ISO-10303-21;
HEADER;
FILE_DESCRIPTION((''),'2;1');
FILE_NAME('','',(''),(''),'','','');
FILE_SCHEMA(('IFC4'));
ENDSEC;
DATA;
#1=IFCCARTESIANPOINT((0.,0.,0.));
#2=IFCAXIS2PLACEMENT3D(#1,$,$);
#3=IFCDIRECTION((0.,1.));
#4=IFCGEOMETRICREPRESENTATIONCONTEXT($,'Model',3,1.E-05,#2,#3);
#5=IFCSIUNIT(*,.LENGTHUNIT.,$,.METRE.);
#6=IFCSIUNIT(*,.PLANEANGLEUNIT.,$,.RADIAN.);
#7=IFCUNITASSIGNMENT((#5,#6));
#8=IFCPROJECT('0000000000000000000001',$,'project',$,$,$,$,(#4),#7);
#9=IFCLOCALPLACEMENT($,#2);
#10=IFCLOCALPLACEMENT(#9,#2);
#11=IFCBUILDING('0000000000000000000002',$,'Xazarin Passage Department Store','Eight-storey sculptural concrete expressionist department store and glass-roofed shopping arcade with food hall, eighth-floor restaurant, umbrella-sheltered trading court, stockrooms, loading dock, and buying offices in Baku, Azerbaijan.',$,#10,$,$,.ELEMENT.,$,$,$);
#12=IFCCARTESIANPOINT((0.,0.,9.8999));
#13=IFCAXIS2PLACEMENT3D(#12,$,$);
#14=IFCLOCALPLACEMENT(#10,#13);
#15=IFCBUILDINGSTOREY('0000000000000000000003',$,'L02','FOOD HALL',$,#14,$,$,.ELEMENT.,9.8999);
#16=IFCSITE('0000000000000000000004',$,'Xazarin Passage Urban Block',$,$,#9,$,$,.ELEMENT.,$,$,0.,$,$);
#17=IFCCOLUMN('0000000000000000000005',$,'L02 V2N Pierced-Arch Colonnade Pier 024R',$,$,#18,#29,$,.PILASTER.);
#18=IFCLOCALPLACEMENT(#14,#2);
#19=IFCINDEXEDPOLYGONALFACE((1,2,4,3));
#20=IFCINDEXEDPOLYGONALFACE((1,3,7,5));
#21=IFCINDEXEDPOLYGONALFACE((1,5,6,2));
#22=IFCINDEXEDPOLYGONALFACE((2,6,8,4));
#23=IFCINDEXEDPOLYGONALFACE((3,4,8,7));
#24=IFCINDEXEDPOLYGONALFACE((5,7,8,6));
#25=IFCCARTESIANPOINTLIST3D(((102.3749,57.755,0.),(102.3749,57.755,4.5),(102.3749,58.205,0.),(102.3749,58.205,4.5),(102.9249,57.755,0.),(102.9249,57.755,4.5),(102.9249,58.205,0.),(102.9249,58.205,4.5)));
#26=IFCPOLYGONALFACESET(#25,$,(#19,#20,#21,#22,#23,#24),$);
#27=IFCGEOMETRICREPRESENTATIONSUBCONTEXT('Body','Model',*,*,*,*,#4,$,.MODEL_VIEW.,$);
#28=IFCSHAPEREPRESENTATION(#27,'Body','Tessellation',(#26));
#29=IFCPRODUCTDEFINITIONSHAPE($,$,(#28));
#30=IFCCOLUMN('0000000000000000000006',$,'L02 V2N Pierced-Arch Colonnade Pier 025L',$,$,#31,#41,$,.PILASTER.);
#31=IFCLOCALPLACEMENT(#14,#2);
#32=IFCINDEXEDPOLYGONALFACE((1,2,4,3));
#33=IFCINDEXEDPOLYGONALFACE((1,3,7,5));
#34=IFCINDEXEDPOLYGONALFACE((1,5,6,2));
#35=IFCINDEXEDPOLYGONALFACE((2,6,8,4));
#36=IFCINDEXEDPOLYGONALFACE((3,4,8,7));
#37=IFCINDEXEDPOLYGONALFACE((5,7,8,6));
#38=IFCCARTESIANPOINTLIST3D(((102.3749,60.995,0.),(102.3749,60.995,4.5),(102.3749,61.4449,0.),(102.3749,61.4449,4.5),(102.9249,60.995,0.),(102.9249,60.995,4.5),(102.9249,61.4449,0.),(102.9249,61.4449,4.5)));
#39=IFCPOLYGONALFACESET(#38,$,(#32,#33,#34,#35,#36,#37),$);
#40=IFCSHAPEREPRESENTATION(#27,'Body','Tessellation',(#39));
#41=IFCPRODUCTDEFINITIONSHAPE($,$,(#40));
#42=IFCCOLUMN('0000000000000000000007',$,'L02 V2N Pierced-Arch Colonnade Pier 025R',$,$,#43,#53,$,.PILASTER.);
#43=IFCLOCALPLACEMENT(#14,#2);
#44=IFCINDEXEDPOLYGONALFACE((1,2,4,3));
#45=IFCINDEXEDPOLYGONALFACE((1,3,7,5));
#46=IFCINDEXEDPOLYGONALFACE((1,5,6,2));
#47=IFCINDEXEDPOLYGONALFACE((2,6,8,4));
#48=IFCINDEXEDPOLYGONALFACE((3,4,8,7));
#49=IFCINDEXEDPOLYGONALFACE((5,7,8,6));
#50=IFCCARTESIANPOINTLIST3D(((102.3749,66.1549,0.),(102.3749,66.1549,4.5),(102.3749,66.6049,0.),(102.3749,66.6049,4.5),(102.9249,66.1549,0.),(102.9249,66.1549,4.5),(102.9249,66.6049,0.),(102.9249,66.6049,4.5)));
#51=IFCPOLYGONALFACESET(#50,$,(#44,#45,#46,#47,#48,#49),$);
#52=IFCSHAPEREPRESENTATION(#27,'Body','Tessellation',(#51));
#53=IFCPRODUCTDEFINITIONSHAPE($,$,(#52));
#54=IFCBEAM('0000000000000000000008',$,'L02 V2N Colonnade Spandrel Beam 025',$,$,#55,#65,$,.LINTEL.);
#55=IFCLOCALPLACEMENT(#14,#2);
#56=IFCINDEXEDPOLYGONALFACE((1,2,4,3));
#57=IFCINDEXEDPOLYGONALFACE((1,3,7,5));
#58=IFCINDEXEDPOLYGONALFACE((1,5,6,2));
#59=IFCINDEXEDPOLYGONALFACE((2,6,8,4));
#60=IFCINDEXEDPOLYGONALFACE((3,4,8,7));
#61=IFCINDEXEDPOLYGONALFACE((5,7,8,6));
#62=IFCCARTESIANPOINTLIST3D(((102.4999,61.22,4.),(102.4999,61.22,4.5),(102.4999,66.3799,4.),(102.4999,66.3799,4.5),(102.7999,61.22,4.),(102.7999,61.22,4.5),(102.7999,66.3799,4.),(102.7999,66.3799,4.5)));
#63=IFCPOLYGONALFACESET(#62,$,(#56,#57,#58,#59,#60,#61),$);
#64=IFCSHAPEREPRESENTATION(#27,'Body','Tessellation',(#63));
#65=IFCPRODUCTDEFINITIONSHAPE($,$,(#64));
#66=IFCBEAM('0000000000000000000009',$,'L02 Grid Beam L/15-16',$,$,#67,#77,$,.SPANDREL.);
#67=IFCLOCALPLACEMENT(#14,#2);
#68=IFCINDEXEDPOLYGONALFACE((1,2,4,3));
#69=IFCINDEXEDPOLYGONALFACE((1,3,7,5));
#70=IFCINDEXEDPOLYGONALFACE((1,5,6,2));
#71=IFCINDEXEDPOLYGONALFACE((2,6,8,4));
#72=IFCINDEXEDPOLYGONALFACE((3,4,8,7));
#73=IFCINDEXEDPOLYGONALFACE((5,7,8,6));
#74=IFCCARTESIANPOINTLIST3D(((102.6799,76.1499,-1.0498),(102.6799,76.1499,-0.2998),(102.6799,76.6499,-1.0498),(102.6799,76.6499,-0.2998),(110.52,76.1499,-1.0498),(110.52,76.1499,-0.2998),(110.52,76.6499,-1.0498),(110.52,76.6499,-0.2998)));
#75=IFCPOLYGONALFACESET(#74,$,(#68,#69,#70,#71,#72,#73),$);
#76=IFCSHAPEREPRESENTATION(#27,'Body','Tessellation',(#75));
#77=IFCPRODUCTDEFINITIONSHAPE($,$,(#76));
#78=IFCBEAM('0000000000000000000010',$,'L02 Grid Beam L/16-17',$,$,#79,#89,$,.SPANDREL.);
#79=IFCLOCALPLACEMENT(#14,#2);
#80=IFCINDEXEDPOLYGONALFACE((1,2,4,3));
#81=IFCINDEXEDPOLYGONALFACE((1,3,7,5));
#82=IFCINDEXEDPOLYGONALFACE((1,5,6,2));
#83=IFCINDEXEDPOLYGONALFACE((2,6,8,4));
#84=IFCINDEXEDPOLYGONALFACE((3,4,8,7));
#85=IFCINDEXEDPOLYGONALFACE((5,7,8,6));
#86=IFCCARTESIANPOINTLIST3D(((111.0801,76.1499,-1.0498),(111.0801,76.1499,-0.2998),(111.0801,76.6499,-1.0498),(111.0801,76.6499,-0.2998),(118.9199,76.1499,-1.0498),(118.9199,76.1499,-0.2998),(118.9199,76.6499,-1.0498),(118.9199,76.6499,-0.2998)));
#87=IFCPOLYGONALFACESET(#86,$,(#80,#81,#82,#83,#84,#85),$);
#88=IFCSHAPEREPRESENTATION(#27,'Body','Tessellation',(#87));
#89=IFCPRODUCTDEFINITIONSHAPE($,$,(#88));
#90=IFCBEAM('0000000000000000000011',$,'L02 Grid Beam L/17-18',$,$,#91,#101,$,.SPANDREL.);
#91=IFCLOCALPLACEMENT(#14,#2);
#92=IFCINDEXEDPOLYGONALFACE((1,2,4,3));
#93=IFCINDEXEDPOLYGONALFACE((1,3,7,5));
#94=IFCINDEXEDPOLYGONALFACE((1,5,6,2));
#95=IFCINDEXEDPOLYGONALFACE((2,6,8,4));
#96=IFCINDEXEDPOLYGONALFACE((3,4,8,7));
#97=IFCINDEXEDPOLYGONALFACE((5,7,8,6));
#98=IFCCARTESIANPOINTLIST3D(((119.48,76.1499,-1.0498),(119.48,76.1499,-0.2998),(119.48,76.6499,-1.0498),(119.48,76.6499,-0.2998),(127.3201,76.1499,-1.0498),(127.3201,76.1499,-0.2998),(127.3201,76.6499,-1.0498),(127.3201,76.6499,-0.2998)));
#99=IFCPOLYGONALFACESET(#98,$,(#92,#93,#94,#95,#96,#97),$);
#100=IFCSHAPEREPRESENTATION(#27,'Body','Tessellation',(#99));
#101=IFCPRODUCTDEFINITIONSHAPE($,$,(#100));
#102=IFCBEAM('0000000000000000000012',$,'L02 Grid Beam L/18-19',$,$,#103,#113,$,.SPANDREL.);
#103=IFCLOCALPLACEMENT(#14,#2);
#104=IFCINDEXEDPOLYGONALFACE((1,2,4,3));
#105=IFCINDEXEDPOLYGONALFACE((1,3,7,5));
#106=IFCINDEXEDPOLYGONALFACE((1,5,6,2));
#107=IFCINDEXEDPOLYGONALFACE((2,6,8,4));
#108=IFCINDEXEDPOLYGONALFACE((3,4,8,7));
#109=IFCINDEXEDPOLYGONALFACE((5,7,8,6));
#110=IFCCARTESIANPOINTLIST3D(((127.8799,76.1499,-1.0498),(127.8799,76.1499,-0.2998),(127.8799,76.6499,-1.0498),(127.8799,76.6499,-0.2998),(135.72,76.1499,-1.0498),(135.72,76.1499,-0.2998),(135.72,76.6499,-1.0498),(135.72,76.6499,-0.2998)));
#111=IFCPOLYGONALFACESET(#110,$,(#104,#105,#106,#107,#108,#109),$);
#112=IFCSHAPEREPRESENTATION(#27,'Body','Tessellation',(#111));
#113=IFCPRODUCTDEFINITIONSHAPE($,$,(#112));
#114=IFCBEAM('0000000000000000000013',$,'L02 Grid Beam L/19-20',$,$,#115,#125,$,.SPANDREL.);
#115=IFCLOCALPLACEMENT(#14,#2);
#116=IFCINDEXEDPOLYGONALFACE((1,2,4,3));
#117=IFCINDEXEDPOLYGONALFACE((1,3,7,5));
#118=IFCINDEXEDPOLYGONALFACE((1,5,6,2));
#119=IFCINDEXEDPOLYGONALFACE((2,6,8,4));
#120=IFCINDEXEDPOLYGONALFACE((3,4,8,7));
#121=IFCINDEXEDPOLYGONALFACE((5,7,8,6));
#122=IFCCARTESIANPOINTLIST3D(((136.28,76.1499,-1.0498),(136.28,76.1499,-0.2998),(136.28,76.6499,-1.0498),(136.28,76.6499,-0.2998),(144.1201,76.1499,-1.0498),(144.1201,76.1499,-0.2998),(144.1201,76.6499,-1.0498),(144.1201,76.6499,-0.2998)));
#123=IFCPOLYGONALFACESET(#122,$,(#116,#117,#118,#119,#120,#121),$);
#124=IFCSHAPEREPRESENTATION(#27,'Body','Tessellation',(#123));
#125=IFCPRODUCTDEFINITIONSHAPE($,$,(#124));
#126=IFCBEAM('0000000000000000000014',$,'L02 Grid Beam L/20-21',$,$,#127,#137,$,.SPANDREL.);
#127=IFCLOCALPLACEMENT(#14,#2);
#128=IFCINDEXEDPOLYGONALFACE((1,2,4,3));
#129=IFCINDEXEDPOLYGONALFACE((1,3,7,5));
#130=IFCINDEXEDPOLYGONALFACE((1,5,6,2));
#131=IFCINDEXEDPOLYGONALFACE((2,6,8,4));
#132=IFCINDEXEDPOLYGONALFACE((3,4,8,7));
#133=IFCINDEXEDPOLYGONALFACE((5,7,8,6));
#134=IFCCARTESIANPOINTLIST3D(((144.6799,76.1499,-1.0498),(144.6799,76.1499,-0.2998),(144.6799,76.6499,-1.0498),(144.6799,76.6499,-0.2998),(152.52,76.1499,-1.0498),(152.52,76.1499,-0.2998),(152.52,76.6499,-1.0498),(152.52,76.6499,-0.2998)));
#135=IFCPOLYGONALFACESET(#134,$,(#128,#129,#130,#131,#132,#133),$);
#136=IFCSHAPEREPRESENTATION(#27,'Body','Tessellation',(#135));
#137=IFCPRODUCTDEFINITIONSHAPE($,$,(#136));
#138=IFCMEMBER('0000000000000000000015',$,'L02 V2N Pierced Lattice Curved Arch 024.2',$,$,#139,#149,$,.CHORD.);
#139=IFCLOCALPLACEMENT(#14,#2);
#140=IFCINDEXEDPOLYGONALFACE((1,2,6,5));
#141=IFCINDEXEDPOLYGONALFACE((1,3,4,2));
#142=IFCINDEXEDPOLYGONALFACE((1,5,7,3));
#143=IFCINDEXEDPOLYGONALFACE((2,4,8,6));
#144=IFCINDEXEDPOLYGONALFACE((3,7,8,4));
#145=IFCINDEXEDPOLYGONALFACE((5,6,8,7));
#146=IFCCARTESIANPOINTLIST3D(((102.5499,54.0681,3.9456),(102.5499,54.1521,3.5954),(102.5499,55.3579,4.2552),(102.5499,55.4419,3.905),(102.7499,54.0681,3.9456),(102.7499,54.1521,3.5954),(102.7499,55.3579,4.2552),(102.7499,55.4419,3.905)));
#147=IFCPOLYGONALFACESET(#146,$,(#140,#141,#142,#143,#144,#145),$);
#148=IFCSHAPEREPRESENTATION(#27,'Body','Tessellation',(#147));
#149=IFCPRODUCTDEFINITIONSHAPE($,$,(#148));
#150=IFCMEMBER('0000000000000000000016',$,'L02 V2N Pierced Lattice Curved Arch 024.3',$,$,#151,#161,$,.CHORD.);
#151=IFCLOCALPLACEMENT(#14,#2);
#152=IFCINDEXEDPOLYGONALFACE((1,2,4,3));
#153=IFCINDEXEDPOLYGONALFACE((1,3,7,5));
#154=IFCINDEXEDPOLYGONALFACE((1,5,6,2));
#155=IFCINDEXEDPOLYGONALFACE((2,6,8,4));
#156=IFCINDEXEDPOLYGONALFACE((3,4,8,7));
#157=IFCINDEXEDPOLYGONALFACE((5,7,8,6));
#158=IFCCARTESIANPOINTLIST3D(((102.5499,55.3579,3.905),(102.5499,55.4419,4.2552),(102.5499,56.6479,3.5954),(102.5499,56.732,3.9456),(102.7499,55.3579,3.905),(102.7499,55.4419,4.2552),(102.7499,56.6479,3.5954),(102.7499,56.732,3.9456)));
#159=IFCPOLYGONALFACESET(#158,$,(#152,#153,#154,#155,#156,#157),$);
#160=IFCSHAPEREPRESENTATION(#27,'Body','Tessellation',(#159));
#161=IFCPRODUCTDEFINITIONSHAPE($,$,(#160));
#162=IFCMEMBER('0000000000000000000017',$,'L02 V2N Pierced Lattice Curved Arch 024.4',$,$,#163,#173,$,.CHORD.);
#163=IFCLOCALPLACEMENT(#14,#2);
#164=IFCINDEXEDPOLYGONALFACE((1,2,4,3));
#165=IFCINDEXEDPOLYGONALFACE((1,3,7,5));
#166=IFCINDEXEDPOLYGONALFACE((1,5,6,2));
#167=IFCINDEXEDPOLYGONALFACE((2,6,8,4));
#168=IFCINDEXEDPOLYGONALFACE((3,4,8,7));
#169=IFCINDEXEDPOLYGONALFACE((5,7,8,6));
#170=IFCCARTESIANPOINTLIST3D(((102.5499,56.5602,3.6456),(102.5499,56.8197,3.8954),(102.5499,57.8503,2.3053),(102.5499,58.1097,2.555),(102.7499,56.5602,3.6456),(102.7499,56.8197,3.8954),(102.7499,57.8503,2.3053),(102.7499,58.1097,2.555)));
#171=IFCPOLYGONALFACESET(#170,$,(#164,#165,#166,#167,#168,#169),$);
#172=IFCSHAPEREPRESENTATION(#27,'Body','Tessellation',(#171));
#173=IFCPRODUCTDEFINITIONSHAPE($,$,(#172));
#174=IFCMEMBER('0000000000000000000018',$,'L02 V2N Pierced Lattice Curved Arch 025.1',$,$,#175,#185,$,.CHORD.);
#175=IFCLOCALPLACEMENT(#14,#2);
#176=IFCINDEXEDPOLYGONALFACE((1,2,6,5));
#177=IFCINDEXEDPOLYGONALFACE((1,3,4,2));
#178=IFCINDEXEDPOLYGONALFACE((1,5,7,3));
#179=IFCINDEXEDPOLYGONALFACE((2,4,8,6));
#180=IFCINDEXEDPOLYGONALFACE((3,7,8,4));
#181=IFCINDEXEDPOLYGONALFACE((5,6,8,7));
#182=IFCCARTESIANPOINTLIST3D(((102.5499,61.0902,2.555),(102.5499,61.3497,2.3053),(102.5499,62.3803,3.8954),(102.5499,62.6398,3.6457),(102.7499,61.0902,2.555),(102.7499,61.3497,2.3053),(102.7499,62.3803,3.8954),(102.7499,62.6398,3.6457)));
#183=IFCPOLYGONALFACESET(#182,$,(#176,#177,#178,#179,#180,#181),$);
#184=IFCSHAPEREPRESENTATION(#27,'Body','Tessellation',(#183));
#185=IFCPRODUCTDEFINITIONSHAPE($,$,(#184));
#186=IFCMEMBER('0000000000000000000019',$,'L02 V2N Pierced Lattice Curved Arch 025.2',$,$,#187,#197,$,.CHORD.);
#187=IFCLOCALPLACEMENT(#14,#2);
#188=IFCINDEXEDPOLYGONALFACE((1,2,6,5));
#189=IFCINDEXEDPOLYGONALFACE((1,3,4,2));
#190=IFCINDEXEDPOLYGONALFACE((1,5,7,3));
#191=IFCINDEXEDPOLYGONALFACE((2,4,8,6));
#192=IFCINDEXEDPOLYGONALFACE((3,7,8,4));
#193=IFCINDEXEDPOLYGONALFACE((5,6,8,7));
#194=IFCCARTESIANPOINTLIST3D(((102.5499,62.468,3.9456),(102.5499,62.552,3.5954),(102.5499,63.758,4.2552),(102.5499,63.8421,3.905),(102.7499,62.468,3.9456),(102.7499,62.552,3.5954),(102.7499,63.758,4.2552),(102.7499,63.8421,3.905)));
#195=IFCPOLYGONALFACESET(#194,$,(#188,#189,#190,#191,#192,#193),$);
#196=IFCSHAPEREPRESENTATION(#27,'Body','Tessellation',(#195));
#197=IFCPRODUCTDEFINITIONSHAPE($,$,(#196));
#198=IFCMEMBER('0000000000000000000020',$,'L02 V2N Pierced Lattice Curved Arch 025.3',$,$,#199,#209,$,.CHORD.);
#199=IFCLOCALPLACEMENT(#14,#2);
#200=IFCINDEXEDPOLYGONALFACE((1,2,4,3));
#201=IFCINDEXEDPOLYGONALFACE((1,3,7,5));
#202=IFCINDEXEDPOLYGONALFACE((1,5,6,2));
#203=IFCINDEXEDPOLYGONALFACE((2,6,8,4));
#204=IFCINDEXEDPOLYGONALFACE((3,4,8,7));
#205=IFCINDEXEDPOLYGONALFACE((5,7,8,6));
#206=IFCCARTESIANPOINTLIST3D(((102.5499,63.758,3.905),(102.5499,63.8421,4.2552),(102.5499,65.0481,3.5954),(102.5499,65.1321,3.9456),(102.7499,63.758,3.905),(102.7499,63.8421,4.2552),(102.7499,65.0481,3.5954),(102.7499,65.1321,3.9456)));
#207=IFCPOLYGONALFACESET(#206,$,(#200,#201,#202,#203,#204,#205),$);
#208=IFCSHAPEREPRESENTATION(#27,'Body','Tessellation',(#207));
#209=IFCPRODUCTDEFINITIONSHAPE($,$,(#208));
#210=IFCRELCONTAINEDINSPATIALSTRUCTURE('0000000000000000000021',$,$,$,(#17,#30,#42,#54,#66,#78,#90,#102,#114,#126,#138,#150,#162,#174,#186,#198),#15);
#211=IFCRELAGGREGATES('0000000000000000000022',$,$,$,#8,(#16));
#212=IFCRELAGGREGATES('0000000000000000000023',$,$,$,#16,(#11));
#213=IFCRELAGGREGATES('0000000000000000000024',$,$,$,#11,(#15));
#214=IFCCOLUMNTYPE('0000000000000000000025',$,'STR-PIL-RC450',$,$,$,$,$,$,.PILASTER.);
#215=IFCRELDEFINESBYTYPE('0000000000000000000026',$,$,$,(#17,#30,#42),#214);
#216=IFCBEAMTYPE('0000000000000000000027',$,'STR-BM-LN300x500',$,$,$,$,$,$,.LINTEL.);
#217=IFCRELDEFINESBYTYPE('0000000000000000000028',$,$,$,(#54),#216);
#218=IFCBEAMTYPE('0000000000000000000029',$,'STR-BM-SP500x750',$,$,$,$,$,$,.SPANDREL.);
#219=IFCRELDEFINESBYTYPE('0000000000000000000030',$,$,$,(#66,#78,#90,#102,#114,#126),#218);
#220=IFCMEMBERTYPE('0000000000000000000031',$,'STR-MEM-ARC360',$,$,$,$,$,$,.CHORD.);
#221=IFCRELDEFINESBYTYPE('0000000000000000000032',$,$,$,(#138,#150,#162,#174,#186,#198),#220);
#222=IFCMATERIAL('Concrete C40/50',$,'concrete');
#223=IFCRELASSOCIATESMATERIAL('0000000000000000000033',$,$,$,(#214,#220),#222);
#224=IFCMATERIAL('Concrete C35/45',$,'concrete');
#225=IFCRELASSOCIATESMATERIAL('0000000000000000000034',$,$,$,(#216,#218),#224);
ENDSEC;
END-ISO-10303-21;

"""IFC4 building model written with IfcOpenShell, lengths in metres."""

from ifc_helpers import new_model, si_unit, direction, frame, origin, origin_2d, place, context, subcontext, project, spatial, rectangle, extrude, material, material_profile, profile_set, type_object, element, save


model = new_model("IFC4")

# Units and contexts
model_context = context("Model", 3, precision=1e-05, world=origin(), true_north=direction((0.0, 1.0)))
body_context = subcontext(model_context, "Body", "Model", "MODEL_VIEW")
ifc_project = project(units=[si_unit("LENGTHUNIT", "METRE"), si_unit("PLANEANGLEUNIT", "RADIAN")], contexts=[model_context])

# Site, building, storey
site_placement = place(None, origin())
site = spatial("IfcSite", under=ifc_project, at=site_placement, Name="Xazarin Passage Urban Block", CompositionType="ELEMENT", RefElevation=0.0)
building_placement = place(site_placement, origin())
building = spatial("IfcBuilding", under=site, at=building_placement, Name="Xazarin Passage Department Store", Description="Eight-storey sculptural concrete expressionist department store and glass-roofed shopping arcade with food hall, eighth-floor restaurant, umbrella-sheltered trading court, stockrooms, loading dock, and buying offices in Baku, Azerbaijan.", CompositionType="ELEMENT")
storey_placement = place(building_placement, frame((0.0, 0.0, 9.8999)))
storey = spatial("IfcBuildingStorey", under=building, at=storey_placement, Name="L02", Description="FOOD HALL", CompositionType="ELEMENT", Elevation=9.8999)

# Columns
ifc_material_1 = material(Name="Concrete C40/50", Category="concrete")
ifc_material_profile_1 = material_profile(ifc_material_1, rectangle(XDim=0.45, YDim=0.55, at=origin_2d()), Name="RC 450x550")
ifc_profile_set_1 = profile_set([ifc_material_profile_1], Name="Concrete C40/50")
column_type = type_object("IfcColumnType", Name="STR-PIL-RC450", PredefinedType="PILASTER", material=ifc_profile_set_1)
for number, where, z_axis, x_axis, name in (
    (1, (102.6499, 57.98, 0.0), (0.0, 0.0, 1.0), (0.0, 1.0, 0.0), "L02 V2N Pierced-Arch Colonnade Pier 024R"),
    (2, (102.6499, 61.22, 0.0), (0.0, 0.0, 1.0), (0.0, 1.0, 0.0), "L02 V2N Pierced-Arch Colonnade Pier 025L"),
    (3, (102.6499, 66.3799, 0.0), (0.0, 0.0, 1.0), (0.0, 1.0, 0.0), "L02 V2N Pierced-Arch Colonnade Pier 025R"),
):
    element("IfcColumn", number, at=place(storey_placement, frame(where, z_axis=z_axis, x_axis=x_axis)), inside=storey, type_object=column_type, Name=name, PredefinedType="PILASTER", context=body_context, shape_type="SweptSolid", body=[
        extrude(rectangle(XDim=0.45, YDim=0.55, at=origin_2d()), origin(), (0.0, 0.0, 1.0), 4.5),
    ])

# Beams
ifc_material_2 = material(Name="Concrete C35/45", Category="concrete")
ifc_material_profile_2 = material_profile(ifc_material_2, rectangle(XDim=0.3, YDim=0.5, at=origin_2d()), Name="RC 300x500")
ifc_profile_set_2 = profile_set([ifc_material_profile_2], Name="Concrete C35/45")
beam_type_1 = type_object("IfcBeamType", Name="STR-BM-LN300x500", PredefinedType="LINTEL", material=ifc_profile_set_2)
beam_1_placement = place(storey_placement, frame((102.6499, 61.22, 4.25), z_axis=(0.0, 1.0, 0.0), x_axis=(-1.0, 0.0, 0.0)))
element("IfcBeam", 4, at=beam_1_placement, inside=storey, type_object=beam_type_1, Name="L02 V2N Colonnade Spandrel Beam 025", PredefinedType="LINTEL", context=body_context, shape_type="SweptSolid", body=[
    extrude(rectangle(XDim=0.3, YDim=0.5, at=origin_2d()), origin(), (0.0, 0.0, 1.0), 5.1599),
])
ifc_material_profile_3 = material_profile(ifc_material_2, rectangle(XDim=0.5, YDim=0.75, at=origin_2d()), Name="RC 500x750")
ifc_profile_set_3 = profile_set([ifc_material_profile_3], Name="Concrete C35/45")
beam_type_2 = type_object("IfcBeamType", Name="STR-BM-SP500x750", PredefinedType="SPANDREL", material=ifc_profile_set_3)
beam_2_placement = place(storey_placement, frame((102.6799, 76.3999, -0.6748), z_axis=(1.0, 0.0, 0.0), x_axis=(0.0, 1.0, 0.0)))
element("IfcBeam", 5, at=beam_2_placement, inside=storey, type_object=beam_type_2, Name="L02 Grid Beam L/15-16", PredefinedType="SPANDREL", context=body_context, shape_type="SweptSolid", body=[
    extrude(rectangle(XDim=0.5, YDim=0.75, at=origin_2d()), origin(), (0.0, 0.0, 1.0), 7.8401),
])
beam_3_placement = place(storey_placement, frame((111.0801, 76.3999, -0.6748), z_axis=(1.0, 0.0, 0.0), x_axis=(0.0, 1.0, 0.0)))
element("IfcBeam", 6, at=beam_3_placement, inside=storey, type_object=beam_type_2, Name="L02 Grid Beam L/16-17", PredefinedType="SPANDREL", context=body_context, shape_type="SweptSolid", body=[
    extrude(rectangle(XDim=0.5, YDim=0.75, at=origin_2d()), origin(), (0.0, 0.0, 1.0), 7.8398),
])
for number, where, z_axis, x_axis, name in (
    (7, (119.48, 76.3999, -0.6748), (1.0, 0.0, 0.0), (0.0, 1.0, 0.0), "L02 Grid Beam L/17-18"),
    (8, (127.8799, 76.3999, -0.6748), (1.0, 0.0, 0.0), (0.0, 1.0, 0.0), "L02 Grid Beam L/18-19"),
    (9, (136.28, 76.3999, -0.6748), (1.0, 0.0, 0.0), (0.0, 1.0, 0.0), "L02 Grid Beam L/19-20"),
    (10, (144.6799, 76.3999, -0.6748), (1.0, 0.0, 0.0), (0.0, 1.0, 0.0), "L02 Grid Beam L/20-21"),
):
    element("IfcBeam", number, at=place(storey_placement, frame(where, z_axis=z_axis, x_axis=x_axis)), inside=storey, type_object=beam_type_2, Name=name, PredefinedType="SPANDREL", context=body_context, shape_type="SweptSolid", body=[
        extrude(rectangle(XDim=0.5, YDim=0.75, at=origin_2d()), origin(), (0.0, 0.0, 1.0), 7.8401),
    ])

# Members
ifc_material_profile_4 = material_profile(ifc_material_1, rectangle(XDim=0.2, YDim=0.3601, at=origin_2d()), Name="RC 200x360")
ifc_profile_set_4 = profile_set([ifc_material_profile_4], Name="Concrete C40/50")
member_type = type_object("IfcMemberType", Name="STR-MEM-ARC360", PredefinedType="CHORD", material=ifc_profile_set_4)
member_1_placement = place(storey_placement, frame((102.6499, 54.1101, 3.7705), z_axis=(0.0, 0.972384, 0.233387), x_axis=(-1.0, 0.0, 0.0)))
element("IfcMember", 11, at=member_1_placement, inside=storey, type_object=member_type, Name="L02 V2N Pierced Lattice Curved Arch 024.2", PredefinedType="CHORD", context=body_context, shape_type="SweptSolid", body=[
    extrude(rectangle(XDim=0.2, YDim=0.3601, at=origin_2d()), origin(), (0.0, 0.0, 1.0), 1.3264),
])
member_2_placement = place(storey_placement, frame((102.6499, 55.3999, 4.0801), z_axis=(0.0, 0.972394, -0.233345), x_axis=(-1.0, 0.0, 0.0)))
element("IfcMember", 12, at=member_2_placement, inside=storey, type_object=member_type, Name="L02 V2N Pierced Lattice Curved Arch 024.3", PredefinedType="CHORD", context=body_context, shape_type="SweptSolid", body=[
    extrude(rectangle(XDim=0.2, YDim=0.3601, at=origin_2d()), origin(), (0.0, 0.0, 1.0), 1.3267),
])
for number, where, z_axis, x_axis, name in (
    (13, (102.6499, 56.6899, 3.7705), (0.0, 0.69346, -0.720495), (-1.0, 0.0, 0.0), "L02 V2N Pierced Lattice Curved Arch 024.4"),
    (14, (102.6499, 61.22, 2.4302), (0.0, 0.69346, 0.720495), (-1.0, 0.0, 0.0), "L02 V2N Pierced Lattice Curved Arch 025.1"),
):
    element("IfcMember", number, at=place(storey_placement, frame(where, z_axis=z_axis, x_axis=x_axis)), inside=storey, type_object=member_type, Name=name, PredefinedType="CHORD", context=body_context, shape_type="SweptSolid", body=[
        extrude(rectangle(XDim=0.2, YDim=0.3601, at=origin_2d()), origin(), (0.0, 0.0, 1.0), 1.8604),
    ])
for number, where, z_axis, x_axis, name in (
    (15, (102.6499, 62.51, 3.7705), (0.0, 0.972394, 0.233345), (-1.0, 0.0, 0.0), "L02 V2N Pierced Lattice Curved Arch 025.2"),
    (16, (102.6499, 63.8, 4.0801), (0.0, 0.972394, -0.233345), (-1.0, 0.0, 0.0), "L02 V2N Pierced Lattice Curved Arch 025.3"),
):
    element("IfcMember", number, at=place(storey_placement, frame(where, z_axis=z_axis, x_axis=x_axis)), inside=storey, type_object=member_type, Name=name, PredefinedType="CHORD", context=body_context, shape_type="SweptSolid", body=[
        extrude(rectangle(XDim=0.2, YDim=0.3601, at=origin_2d()), origin(), (0.0, 0.0, 1.0), 1.3267),
    ])

save(model, "model.ifc")
